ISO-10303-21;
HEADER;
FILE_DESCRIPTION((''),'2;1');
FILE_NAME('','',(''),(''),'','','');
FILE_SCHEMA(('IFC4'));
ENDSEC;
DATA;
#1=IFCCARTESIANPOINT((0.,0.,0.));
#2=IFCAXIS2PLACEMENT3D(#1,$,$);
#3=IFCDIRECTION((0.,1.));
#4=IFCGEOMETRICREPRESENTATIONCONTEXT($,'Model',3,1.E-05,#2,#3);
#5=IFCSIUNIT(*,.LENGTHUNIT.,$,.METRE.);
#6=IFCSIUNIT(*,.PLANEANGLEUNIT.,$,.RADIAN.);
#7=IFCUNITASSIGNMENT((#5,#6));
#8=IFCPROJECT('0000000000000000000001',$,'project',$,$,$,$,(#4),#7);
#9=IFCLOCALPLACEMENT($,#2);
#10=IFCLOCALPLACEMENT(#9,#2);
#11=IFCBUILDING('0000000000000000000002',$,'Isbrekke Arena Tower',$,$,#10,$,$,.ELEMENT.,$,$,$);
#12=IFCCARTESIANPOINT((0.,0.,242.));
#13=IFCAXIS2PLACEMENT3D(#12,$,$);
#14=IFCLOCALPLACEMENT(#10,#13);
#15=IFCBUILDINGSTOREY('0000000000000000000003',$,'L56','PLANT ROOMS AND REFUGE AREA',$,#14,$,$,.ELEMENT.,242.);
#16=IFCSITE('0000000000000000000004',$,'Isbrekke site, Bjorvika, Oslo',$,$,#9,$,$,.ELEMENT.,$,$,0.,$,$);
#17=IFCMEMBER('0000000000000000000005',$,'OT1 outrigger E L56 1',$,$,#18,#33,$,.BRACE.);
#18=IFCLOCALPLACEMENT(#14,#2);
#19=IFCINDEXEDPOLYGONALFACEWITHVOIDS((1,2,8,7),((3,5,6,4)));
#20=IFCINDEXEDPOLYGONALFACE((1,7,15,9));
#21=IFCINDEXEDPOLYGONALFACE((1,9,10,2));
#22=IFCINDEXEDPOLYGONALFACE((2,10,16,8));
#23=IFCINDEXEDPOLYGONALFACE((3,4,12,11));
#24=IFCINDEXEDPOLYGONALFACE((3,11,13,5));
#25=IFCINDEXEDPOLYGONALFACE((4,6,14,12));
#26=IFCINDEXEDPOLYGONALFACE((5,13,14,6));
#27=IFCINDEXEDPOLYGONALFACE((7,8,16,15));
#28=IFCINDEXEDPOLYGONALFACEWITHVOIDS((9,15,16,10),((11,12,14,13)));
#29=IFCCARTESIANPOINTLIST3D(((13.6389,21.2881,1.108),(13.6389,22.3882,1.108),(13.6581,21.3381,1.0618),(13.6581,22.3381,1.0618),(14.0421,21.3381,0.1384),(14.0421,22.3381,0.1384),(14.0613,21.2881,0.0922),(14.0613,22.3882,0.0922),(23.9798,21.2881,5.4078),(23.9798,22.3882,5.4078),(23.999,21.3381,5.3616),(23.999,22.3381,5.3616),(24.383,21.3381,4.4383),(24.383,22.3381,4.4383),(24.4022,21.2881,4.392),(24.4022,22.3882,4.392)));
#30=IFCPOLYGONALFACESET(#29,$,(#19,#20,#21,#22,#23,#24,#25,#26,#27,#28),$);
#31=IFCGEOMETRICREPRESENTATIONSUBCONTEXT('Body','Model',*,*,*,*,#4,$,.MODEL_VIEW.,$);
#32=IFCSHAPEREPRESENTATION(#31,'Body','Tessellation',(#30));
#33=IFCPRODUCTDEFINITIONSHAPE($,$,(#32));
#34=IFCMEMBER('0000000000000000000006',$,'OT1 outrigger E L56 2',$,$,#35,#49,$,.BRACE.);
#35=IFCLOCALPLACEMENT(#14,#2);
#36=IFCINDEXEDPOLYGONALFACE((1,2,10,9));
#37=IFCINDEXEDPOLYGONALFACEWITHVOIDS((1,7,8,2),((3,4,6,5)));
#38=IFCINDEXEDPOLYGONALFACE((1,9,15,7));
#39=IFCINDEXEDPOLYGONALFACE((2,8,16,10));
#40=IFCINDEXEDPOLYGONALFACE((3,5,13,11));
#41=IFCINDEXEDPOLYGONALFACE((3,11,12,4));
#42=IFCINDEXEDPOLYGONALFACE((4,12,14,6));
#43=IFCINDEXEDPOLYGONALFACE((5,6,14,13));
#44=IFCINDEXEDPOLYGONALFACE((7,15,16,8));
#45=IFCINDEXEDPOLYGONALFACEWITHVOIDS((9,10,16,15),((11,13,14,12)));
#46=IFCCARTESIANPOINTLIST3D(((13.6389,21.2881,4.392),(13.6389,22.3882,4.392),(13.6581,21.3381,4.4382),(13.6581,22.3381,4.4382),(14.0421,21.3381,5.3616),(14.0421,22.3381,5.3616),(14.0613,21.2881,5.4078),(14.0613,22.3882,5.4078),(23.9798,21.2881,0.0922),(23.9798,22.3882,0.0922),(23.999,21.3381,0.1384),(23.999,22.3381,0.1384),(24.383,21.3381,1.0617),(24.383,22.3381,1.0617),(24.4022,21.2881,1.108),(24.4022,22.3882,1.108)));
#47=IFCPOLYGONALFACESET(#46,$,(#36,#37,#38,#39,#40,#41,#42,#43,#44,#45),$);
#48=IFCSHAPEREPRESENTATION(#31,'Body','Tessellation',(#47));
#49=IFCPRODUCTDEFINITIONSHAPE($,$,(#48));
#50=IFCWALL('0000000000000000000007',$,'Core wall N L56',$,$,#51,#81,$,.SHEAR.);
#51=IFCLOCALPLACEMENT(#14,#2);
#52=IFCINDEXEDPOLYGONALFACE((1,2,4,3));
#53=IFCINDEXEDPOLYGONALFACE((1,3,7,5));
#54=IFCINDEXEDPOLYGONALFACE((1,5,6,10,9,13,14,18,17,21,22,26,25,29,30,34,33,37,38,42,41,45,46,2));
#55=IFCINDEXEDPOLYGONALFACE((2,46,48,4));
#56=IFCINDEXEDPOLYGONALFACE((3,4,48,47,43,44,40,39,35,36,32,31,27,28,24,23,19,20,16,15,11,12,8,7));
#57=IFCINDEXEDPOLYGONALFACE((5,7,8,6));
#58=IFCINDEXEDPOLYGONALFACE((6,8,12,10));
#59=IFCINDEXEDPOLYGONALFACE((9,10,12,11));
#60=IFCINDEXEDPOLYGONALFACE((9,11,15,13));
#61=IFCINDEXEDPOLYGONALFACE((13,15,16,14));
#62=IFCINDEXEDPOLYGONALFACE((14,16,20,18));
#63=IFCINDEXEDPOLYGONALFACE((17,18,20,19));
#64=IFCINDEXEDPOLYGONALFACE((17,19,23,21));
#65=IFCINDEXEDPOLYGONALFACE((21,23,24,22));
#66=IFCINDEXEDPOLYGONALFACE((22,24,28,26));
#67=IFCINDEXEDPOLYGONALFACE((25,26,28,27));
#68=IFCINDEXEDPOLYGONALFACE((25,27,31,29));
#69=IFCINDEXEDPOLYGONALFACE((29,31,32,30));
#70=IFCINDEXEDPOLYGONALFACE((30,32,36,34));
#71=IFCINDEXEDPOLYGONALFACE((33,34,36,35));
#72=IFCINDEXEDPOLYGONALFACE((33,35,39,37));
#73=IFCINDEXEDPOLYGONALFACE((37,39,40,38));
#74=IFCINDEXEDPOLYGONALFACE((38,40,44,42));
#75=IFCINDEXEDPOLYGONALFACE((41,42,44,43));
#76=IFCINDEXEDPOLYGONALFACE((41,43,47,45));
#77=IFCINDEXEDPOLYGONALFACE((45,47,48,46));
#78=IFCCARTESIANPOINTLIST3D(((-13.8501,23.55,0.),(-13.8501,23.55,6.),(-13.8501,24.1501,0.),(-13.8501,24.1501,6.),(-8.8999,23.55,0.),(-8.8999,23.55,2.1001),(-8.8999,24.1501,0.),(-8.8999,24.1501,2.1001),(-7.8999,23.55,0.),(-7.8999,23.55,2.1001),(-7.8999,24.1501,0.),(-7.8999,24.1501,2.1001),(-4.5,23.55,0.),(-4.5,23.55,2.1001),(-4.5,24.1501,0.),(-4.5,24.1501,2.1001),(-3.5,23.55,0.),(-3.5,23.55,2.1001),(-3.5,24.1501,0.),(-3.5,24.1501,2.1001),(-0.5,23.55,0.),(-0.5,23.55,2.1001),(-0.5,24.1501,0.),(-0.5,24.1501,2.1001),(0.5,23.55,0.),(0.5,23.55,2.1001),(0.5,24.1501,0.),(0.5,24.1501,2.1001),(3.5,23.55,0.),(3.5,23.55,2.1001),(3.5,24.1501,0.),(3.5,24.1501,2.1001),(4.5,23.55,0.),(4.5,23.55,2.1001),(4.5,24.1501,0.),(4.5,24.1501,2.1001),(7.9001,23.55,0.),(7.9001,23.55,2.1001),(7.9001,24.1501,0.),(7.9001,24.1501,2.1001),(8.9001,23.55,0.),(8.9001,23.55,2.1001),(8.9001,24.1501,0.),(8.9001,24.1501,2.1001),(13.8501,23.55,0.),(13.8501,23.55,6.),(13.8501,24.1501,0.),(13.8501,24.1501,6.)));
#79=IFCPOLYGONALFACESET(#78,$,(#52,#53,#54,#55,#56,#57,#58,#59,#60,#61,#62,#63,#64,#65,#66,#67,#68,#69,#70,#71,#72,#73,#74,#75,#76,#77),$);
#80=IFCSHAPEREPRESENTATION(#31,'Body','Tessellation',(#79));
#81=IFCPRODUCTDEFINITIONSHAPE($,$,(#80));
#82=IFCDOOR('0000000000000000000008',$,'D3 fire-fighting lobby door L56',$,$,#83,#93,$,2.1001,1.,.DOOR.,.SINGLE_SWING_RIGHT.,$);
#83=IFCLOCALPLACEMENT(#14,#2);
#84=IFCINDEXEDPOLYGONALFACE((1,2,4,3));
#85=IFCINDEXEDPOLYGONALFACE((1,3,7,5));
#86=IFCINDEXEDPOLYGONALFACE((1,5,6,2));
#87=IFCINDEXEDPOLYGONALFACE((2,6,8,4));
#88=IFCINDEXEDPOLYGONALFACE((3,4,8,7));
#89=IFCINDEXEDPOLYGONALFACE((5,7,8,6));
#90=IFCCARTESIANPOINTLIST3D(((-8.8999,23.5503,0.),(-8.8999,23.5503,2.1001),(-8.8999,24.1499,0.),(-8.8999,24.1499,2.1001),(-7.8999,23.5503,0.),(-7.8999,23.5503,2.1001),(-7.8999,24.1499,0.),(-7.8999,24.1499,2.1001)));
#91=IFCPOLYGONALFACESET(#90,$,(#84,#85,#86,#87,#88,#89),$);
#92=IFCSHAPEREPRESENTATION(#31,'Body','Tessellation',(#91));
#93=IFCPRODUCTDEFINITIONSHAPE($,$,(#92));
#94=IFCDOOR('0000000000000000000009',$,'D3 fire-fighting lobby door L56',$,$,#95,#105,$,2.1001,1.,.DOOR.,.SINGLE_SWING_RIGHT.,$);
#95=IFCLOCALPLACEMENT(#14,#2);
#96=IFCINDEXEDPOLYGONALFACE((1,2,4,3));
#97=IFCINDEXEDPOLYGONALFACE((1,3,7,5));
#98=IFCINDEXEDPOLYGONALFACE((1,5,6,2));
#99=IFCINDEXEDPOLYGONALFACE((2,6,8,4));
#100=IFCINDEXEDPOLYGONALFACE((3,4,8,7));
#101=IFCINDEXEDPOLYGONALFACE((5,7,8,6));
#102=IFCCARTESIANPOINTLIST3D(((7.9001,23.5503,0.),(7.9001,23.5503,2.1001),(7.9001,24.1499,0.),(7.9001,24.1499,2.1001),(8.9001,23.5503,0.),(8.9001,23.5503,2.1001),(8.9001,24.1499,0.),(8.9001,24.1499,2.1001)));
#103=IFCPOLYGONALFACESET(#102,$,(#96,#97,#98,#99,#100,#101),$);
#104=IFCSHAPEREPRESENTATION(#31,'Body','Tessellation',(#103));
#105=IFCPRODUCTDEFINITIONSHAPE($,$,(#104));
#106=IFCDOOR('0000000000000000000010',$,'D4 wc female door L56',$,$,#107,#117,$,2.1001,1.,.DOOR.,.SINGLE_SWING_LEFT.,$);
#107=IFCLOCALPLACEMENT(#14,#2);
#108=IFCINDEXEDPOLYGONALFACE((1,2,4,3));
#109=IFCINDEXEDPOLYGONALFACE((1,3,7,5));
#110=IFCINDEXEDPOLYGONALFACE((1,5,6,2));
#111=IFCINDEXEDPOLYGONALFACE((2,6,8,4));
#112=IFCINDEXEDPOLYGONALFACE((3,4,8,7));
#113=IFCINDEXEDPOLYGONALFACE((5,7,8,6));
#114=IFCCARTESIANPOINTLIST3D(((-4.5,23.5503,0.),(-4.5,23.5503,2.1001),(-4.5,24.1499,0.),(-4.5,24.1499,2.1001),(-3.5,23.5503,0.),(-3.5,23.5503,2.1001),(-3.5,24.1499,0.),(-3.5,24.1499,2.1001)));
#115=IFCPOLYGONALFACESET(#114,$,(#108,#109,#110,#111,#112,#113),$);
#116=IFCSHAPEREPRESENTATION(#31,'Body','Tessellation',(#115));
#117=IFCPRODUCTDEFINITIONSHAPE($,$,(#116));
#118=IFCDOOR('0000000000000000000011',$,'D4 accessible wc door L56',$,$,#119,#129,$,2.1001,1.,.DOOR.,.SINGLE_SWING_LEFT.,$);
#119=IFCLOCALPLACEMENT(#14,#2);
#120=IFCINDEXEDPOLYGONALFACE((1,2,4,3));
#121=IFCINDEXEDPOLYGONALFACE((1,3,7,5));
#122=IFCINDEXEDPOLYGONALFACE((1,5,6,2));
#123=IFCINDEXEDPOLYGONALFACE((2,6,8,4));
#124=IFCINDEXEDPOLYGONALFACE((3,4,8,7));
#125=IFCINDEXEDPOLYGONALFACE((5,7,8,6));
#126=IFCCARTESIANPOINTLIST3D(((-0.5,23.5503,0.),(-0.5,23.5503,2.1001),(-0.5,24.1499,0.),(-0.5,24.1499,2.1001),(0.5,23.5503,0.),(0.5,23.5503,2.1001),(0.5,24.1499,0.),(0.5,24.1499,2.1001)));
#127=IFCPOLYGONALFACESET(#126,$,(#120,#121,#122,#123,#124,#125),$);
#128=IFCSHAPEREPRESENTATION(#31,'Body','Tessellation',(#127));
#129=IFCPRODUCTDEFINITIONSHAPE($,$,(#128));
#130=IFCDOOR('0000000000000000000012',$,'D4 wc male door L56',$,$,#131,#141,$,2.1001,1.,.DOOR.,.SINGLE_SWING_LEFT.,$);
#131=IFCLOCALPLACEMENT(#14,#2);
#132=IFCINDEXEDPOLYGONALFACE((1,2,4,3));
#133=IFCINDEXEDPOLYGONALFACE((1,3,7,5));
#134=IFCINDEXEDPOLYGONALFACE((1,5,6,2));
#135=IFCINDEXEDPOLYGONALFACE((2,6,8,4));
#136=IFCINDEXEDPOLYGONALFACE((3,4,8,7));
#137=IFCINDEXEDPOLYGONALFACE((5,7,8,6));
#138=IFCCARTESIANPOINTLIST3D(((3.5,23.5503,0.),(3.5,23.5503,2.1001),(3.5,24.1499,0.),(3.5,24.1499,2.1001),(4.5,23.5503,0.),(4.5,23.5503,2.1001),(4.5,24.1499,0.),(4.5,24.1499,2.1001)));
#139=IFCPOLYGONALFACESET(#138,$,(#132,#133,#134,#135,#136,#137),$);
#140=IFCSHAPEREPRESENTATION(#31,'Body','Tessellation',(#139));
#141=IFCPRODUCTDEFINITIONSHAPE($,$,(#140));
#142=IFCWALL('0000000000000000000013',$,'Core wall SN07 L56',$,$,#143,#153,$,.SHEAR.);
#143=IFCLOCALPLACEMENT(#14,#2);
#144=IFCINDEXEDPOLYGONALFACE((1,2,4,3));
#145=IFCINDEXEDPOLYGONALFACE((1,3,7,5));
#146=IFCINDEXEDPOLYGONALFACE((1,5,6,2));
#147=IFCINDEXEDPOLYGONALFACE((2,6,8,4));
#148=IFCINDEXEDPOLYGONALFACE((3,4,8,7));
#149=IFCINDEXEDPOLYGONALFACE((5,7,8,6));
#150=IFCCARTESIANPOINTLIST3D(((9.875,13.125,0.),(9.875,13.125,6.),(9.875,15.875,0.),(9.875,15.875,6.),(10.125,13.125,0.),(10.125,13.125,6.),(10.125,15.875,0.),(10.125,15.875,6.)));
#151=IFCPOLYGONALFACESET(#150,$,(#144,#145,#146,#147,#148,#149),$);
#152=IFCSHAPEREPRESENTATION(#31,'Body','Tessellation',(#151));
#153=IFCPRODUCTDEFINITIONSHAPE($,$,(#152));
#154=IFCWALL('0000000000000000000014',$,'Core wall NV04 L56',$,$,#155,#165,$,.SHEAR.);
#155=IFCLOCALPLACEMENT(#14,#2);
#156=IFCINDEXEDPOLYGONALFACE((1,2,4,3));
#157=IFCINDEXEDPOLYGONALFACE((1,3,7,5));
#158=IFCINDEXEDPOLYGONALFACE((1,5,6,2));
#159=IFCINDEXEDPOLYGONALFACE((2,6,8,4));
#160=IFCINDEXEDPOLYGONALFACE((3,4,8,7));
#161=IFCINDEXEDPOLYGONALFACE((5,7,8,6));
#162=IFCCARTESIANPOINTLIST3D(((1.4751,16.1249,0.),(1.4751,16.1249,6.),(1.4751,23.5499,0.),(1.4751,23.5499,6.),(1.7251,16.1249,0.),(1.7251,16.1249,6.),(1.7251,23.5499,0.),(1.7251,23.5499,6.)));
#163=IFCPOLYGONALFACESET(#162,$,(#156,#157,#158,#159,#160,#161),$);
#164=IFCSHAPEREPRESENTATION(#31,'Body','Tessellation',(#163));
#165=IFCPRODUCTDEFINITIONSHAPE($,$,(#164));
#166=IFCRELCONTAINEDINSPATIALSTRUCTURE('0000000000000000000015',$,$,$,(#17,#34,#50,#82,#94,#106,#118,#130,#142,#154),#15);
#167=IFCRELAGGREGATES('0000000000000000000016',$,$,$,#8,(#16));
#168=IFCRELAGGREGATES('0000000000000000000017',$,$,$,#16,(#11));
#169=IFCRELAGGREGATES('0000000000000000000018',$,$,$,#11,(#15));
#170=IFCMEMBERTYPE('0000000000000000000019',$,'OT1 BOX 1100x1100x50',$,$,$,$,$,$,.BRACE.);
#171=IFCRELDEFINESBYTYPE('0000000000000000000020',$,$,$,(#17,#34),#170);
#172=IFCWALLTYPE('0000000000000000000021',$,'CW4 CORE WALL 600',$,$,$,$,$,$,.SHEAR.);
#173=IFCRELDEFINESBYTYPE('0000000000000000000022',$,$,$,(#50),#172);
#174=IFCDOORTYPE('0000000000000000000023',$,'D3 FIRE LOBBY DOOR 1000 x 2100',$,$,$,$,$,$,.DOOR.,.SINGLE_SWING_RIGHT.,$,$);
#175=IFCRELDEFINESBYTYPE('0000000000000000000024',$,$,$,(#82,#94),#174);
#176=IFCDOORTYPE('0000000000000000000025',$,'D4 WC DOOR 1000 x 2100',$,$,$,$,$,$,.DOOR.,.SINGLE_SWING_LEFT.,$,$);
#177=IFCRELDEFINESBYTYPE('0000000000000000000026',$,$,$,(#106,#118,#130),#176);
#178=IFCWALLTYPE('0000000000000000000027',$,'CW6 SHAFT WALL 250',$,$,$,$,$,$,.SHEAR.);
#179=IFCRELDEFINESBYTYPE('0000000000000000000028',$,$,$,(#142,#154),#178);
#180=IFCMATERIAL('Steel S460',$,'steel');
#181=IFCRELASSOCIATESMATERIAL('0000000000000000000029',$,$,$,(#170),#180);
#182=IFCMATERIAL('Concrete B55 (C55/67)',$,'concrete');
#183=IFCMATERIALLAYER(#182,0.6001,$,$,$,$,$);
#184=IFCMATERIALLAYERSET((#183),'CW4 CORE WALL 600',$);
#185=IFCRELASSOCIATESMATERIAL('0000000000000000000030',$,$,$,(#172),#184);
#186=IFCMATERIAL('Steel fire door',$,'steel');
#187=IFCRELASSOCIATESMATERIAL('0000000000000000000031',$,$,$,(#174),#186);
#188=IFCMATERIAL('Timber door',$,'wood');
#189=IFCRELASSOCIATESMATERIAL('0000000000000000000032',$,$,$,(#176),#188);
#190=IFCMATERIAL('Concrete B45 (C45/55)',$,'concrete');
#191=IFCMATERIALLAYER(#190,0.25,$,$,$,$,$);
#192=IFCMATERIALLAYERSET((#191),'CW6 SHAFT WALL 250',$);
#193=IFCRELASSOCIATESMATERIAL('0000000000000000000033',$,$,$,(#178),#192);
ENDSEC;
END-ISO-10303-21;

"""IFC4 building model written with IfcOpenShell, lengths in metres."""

from ifc_helpers import new_model, si_unit, direction, frame, frame_2d, origin, origin_2d, place, context, subcontext, project, spatial, rectangle, hollow_rectangle, extrude, material, layer, layer_set, material_profile, profile_set, type_object, element, fill, save


model = new_model("IFC4")

# Units and contexts
model_context = context("Model", 3, precision=1e-05, world=origin(), true_north=direction((0.0, 1.0)))
body_context = subcontext(model_context, "Body", "Model", "MODEL_VIEW")
ifc_project = project(units=[si_unit("LENGTHUNIT", "METRE"), si_unit("PLANEANGLEUNIT", "RADIAN")], contexts=[model_context])

# Site, building, storey
site_placement = place(None, origin())
site = spatial("IfcSite", under=ifc_project, at=site_placement, Name="Isbrekke site, Bjorvika, Oslo", CompositionType="ELEMENT", RefElevation=0.0)
building_placement = place(site_placement, origin())
building = spatial("IfcBuilding", under=site, at=building_placement, Name="Isbrekke Arena Tower", CompositionType="ELEMENT")
storey_placement = place(building_placement, frame((0.0, 0.0, 242.0)))
storey = spatial("IfcBuildingStorey", under=building, at=storey_placement, Name="L56", Description="PLANT ROOMS AND REFUGE AREA", CompositionType="ELEMENT", Elevation=242.0)

# Members
ifc_material_1 = material(Name="Steel S460", Category="steel")
ifc_material_profile = material_profile(ifc_material_1, hollow_rectangle(XDim=1.1001, YDim=1.1001, WallThickness=0.05, at=origin_2d()), Name="BOX 1100x1100x50")
ifc_profile_set = profile_set([ifc_material_profile], Name="Steel S460")
member_type = type_object("IfcMemberType", Name="OT1 BOX 1100x1100x50", PredefinedType="BRACE", material=ifc_profile_set)
for number, where, z_axis, x_axis, name in (
    (1, (13.8501, 21.8381, 0.6001), (0.923358, 0.0, 0.38394), (0.0, 1.0, 0.0), "OT1 outrigger E L56 1"),
    (2, (13.8501, 21.8381, 4.8999), (0.923358, 0.0, -0.38394), (0.0, 1.0, 0.0), "OT1 outrigger E L56 2"),
):
    element("IfcMember", number, at=place(storey_placement, frame(where, z_axis=z_axis, x_axis=x_axis)), inside=storey, type_object=member_type, Name=name, PredefinedType="BRACE", context=body_context, shape_type="SweptSolid", body=[
        extrude(hollow_rectangle(XDim=1.1001, YDim=1.1001, WallThickness=0.05, at=origin_2d()), origin(), (0.0, 0.0, 1.0), 11.1992),
    ])

# Wall, openings, doors
ifc_material_2 = material(Name="Concrete B55 (C55/67)", Category="concrete")
ifc_layer_1 = layer(ifc_material_2, 0.6001)
ifc_layer_set_1 = layer_set([ifc_layer_1], Name="CW4 CORE WALL 600")
wall_type_1 = type_object("IfcWallType", Name="CW4 CORE WALL 600", PredefinedType="SHEAR", material=ifc_layer_set_1)
wall_1_placement = place(storey_placement, frame((13.8501, 23.8501, 0.0), z_axis=(0.0, 0.0, 1.0), x_axis=(-1.0, 0.0, 0.0)))
wall_1 = element("IfcWall", 3, at=wall_1_placement, inside=storey, type_object=wall_type_1, Name="Core wall N L56", PredefinedType="SHEAR", context=body_context, shape_type="SweptSolid", body=[
    extrude(rectangle(XDim=27.7002, YDim=0.6001, at=frame_2d((13.8501, 0.0))), origin(), (0.0, 0.0, 1.0), 6.0),
])
opening_1_placement = place(wall_1_placement, frame((21.75, 0.0, 0.0)))
opening_1 = element("IfcOpeningElement", 4, at=opening_1_placement, cuts=wall_1, PredefinedType="OPENING", context=body_context, shape_type="SweptSolid", body=[
    extrude(rectangle(XDim=1.0, YDim=2.1001, at=frame_2d((0.5, 1.05))), frame((0.0, 0.3149, 0.0), z_axis=(0.0, -1.0, 0.0), x_axis=(1.0, 0.0, 0.0)), (0.0, 0.0, 1.0), 0.6299),
])
opening_2_placement = place(wall_1_placement, frame((4.95, 0.0, 0.0)))
opening_2 = element("IfcOpeningElement", 5, at=opening_2_placement, cuts=wall_1, PredefinedType="OPENING", context=body_context, shape_type="SweptSolid", body=[
    extrude(rectangle(XDim=1.0, YDim=2.1001, at=frame_2d((0.5, 1.05))), frame((0.0, 0.3149, 0.0), z_axis=(0.0, -1.0, 0.0), x_axis=(1.0, 0.0, 0.0)), (0.0, 0.0, 1.0), 0.6299),
])
opening_3_placement = place(wall_1_placement, frame((17.3501, 0.0, 0.0)))
opening_3 = element("IfcOpeningElement", 6, at=opening_3_placement, cuts=wall_1, PredefinedType="OPENING", context=body_context, shape_type="SweptSolid", body=[
    extrude(rectangle(XDim=1.0, YDim=2.1001, at=frame_2d((0.5, 1.05))), frame((0.0, 0.3149, 0.0), z_axis=(0.0, -1.0, 0.0), x_axis=(1.0, 0.0, 0.0)), (0.0, 0.0, 1.0), 0.6299),
])
opening_4_placement = place(wall_1_placement, frame((13.3501, 0.0, 0.0)))
opening_4 = element("IfcOpeningElement", 7, at=opening_4_placement, cuts=wall_1, PredefinedType="OPENING", context=body_context, shape_type="SweptSolid", body=[
    extrude(rectangle(XDim=1.0, YDim=2.1001, at=frame_2d((0.5, 1.05))), frame((0.0, 0.3149, 0.0), z_axis=(0.0, -1.0, 0.0), x_axis=(1.0, 0.0, 0.0)), (0.0, 0.0, 1.0), 0.6299),
])
opening_5_placement = place(wall_1_placement, frame((9.3501, 0.0, 0.0)))
opening_5 = element("IfcOpeningElement", 8, at=opening_5_placement, cuts=wall_1, PredefinedType="OPENING", context=body_context, shape_type="SweptSolid", body=[
    extrude(rectangle(XDim=1.0, YDim=2.1001, at=frame_2d((0.5, 1.05))), frame((0.0, 0.3149, 0.0), z_axis=(0.0, -1.0, 0.0), x_axis=(1.0, 0.0, 0.0)), (0.0, 0.0, 1.0), 0.6299),
])
ifc_material_3 = material(Name="Steel fire door", Category="steel")
door_type_1 = type_object("IfcDoorType", Name="D3 FIRE LOBBY DOOR 1000 x 2100", OperationType="SINGLE_SWING_RIGHT", PredefinedType="DOOR", material=ifc_material_3)
door_1_placement = place(opening_1_placement, origin())
door_1 = element("IfcDoor", 9, at=door_1_placement, inside=storey, type_object=door_type_1, Name="D3 fire-fighting lobby door L56", OperationType="SINGLE_SWING_RIGHT", OverallHeight=2.1001, OverallWidth=1.0, PredefinedType="DOOR", context=body_context, shape_type="SweptSolid", body=[
    extrude(rectangle(XDim=1.0, YDim=2.1001, at=frame_2d((0.5, 1.05))), frame((0.0, 0.2998, 0.0), z_axis=(0.0, -1.0, 0.0), x_axis=(1.0, 0.0, 0.0)), (0.0, 0.0, 1.0), 0.5996),
])
fill(opening_1, door_1)
door_2_placement = place(opening_2_placement, origin())
door_2 = element("IfcDoor", 10, at=door_2_placement, inside=storey, type_object=door_type_1, Name="D3 fire-fighting lobby door L56", OperationType="SINGLE_SWING_RIGHT", OverallHeight=2.1001, OverallWidth=1.0, PredefinedType="DOOR", context=body_context, shape_type="SweptSolid", body=[
    extrude(rectangle(XDim=1.0, YDim=2.1001, at=frame_2d((0.5, 1.05))), frame((0.0, 0.2998, 0.0), z_axis=(0.0, -1.0, 0.0), x_axis=(1.0, 0.0, 0.0)), (0.0, 0.0, 1.0), 0.5996),
])
fill(opening_2, door_2)
ifc_material_4 = material(Name="Timber door", Category="wood")
door_type_2 = type_object("IfcDoorType", Name="D4 WC DOOR 1000 x 2100", OperationType="SINGLE_SWING_LEFT", PredefinedType="DOOR", material=ifc_material_4)
door_3_placement = place(opening_3_placement, origin())
door_3 = element("IfcDoor", 11, at=door_3_placement, inside=storey, type_object=door_type_2, Name="D4 wc female door L56", OperationType="SINGLE_SWING_LEFT", OverallHeight=2.1001, OverallWidth=1.0, PredefinedType="DOOR", context=body_context, shape_type="SweptSolid", body=[
    extrude(rectangle(XDim=1.0, YDim=2.1001, at=frame_2d((0.5, 1.05))), frame((0.0, 0.2998, 0.0), z_axis=(0.0, -1.0, 0.0), x_axis=(1.0, 0.0, 0.0)), (0.0, 0.0, 1.0), 0.5996),
])
fill(opening_3, door_3)
door_4_placement = place(opening_4_placement, origin())
door_4 = element("IfcDoor", 12, at=door_4_placement, inside=storey, type_object=door_type_2, Name="D4 accessible wc door L56", OperationType="SINGLE_SWING_LEFT", OverallHeight=2.1001, OverallWidth=1.0, PredefinedType="DOOR", context=body_context, shape_type="SweptSolid", body=[
    extrude(rectangle(XDim=1.0, YDim=2.1001, at=frame_2d((0.5, 1.05))), frame((0.0, 0.2998, 0.0), z_axis=(0.0, -1.0, 0.0), x_axis=(1.0, 0.0, 0.0)), (0.0, 0.0, 1.0), 0.5996),
])
fill(opening_4, door_4)
door_5_placement = place(opening_5_placement, origin())
door_5 = element("IfcDoor", 13, at=door_5_placement, inside=storey, type_object=door_type_2, Name="D4 wc male door L56", OperationType="SINGLE_SWING_LEFT", OverallHeight=2.1001, OverallWidth=1.0, PredefinedType="DOOR", context=body_context, shape_type="SweptSolid", body=[
    extrude(rectangle(XDim=1.0, YDim=2.1001, at=frame_2d((0.5, 1.05))), frame((0.0, 0.2998, 0.0), z_axis=(0.0, -1.0, 0.0), x_axis=(1.0, 0.0, 0.0)), (0.0, 0.0, 1.0), 0.5996),
])
fill(opening_5, door_5)

# Walls
ifc_material_5 = material(Name="Concrete B45 (C45/55)", Category="concrete")
ifc_layer_2 = layer(ifc_material_5, 0.25)
ifc_layer_set_2 = layer_set([ifc_layer_2], Name="CW6 SHAFT WALL 250")
wall_type_2 = type_object("IfcWallType", Name="CW6 SHAFT WALL 250", PredefinedType="SHEAR", material=ifc_layer_set_2)
wall_2_placement = place(storey_placement, frame((10.0, 13.125, 0.0), z_axis=(0.0, 0.0, 1.0), x_axis=(0.0, 1.0, 0.0)))
element("IfcWall", 14, at=wall_2_placement, inside=storey, type_object=wall_type_2, Name="Core wall SN07 L56", PredefinedType="SHEAR", context=body_context, shape_type="SweptSolid", body=[
    extrude(rectangle(XDim=2.75, YDim=0.25, at=frame_2d((1.375, 0.0))), origin(), (0.0, 0.0, 1.0), 6.0),
])
for number, where, z_axis, x_axis, name in (
    (15, (1.6001, 16.125, 0.0), (0.0, 0.0, 1.0), (0.0, 1.0, 0.0), "Core wall NV04 L56"),
):
    element("IfcWall", number, at=place(storey_placement, frame(where, z_axis=z_axis, x_axis=x_axis)), inside=storey, type_object=wall_type_2, Name=name, PredefinedType="SHEAR", context=body_context, shape_type="SweptSolid", body=[
        extrude(rectangle(XDim=7.425, YDim=0.25, at=frame_2d((3.7124, 0.0))), origin(), (0.0, 0.0, 1.0), 6.0),
    ])

save(model, "model.ifc")
